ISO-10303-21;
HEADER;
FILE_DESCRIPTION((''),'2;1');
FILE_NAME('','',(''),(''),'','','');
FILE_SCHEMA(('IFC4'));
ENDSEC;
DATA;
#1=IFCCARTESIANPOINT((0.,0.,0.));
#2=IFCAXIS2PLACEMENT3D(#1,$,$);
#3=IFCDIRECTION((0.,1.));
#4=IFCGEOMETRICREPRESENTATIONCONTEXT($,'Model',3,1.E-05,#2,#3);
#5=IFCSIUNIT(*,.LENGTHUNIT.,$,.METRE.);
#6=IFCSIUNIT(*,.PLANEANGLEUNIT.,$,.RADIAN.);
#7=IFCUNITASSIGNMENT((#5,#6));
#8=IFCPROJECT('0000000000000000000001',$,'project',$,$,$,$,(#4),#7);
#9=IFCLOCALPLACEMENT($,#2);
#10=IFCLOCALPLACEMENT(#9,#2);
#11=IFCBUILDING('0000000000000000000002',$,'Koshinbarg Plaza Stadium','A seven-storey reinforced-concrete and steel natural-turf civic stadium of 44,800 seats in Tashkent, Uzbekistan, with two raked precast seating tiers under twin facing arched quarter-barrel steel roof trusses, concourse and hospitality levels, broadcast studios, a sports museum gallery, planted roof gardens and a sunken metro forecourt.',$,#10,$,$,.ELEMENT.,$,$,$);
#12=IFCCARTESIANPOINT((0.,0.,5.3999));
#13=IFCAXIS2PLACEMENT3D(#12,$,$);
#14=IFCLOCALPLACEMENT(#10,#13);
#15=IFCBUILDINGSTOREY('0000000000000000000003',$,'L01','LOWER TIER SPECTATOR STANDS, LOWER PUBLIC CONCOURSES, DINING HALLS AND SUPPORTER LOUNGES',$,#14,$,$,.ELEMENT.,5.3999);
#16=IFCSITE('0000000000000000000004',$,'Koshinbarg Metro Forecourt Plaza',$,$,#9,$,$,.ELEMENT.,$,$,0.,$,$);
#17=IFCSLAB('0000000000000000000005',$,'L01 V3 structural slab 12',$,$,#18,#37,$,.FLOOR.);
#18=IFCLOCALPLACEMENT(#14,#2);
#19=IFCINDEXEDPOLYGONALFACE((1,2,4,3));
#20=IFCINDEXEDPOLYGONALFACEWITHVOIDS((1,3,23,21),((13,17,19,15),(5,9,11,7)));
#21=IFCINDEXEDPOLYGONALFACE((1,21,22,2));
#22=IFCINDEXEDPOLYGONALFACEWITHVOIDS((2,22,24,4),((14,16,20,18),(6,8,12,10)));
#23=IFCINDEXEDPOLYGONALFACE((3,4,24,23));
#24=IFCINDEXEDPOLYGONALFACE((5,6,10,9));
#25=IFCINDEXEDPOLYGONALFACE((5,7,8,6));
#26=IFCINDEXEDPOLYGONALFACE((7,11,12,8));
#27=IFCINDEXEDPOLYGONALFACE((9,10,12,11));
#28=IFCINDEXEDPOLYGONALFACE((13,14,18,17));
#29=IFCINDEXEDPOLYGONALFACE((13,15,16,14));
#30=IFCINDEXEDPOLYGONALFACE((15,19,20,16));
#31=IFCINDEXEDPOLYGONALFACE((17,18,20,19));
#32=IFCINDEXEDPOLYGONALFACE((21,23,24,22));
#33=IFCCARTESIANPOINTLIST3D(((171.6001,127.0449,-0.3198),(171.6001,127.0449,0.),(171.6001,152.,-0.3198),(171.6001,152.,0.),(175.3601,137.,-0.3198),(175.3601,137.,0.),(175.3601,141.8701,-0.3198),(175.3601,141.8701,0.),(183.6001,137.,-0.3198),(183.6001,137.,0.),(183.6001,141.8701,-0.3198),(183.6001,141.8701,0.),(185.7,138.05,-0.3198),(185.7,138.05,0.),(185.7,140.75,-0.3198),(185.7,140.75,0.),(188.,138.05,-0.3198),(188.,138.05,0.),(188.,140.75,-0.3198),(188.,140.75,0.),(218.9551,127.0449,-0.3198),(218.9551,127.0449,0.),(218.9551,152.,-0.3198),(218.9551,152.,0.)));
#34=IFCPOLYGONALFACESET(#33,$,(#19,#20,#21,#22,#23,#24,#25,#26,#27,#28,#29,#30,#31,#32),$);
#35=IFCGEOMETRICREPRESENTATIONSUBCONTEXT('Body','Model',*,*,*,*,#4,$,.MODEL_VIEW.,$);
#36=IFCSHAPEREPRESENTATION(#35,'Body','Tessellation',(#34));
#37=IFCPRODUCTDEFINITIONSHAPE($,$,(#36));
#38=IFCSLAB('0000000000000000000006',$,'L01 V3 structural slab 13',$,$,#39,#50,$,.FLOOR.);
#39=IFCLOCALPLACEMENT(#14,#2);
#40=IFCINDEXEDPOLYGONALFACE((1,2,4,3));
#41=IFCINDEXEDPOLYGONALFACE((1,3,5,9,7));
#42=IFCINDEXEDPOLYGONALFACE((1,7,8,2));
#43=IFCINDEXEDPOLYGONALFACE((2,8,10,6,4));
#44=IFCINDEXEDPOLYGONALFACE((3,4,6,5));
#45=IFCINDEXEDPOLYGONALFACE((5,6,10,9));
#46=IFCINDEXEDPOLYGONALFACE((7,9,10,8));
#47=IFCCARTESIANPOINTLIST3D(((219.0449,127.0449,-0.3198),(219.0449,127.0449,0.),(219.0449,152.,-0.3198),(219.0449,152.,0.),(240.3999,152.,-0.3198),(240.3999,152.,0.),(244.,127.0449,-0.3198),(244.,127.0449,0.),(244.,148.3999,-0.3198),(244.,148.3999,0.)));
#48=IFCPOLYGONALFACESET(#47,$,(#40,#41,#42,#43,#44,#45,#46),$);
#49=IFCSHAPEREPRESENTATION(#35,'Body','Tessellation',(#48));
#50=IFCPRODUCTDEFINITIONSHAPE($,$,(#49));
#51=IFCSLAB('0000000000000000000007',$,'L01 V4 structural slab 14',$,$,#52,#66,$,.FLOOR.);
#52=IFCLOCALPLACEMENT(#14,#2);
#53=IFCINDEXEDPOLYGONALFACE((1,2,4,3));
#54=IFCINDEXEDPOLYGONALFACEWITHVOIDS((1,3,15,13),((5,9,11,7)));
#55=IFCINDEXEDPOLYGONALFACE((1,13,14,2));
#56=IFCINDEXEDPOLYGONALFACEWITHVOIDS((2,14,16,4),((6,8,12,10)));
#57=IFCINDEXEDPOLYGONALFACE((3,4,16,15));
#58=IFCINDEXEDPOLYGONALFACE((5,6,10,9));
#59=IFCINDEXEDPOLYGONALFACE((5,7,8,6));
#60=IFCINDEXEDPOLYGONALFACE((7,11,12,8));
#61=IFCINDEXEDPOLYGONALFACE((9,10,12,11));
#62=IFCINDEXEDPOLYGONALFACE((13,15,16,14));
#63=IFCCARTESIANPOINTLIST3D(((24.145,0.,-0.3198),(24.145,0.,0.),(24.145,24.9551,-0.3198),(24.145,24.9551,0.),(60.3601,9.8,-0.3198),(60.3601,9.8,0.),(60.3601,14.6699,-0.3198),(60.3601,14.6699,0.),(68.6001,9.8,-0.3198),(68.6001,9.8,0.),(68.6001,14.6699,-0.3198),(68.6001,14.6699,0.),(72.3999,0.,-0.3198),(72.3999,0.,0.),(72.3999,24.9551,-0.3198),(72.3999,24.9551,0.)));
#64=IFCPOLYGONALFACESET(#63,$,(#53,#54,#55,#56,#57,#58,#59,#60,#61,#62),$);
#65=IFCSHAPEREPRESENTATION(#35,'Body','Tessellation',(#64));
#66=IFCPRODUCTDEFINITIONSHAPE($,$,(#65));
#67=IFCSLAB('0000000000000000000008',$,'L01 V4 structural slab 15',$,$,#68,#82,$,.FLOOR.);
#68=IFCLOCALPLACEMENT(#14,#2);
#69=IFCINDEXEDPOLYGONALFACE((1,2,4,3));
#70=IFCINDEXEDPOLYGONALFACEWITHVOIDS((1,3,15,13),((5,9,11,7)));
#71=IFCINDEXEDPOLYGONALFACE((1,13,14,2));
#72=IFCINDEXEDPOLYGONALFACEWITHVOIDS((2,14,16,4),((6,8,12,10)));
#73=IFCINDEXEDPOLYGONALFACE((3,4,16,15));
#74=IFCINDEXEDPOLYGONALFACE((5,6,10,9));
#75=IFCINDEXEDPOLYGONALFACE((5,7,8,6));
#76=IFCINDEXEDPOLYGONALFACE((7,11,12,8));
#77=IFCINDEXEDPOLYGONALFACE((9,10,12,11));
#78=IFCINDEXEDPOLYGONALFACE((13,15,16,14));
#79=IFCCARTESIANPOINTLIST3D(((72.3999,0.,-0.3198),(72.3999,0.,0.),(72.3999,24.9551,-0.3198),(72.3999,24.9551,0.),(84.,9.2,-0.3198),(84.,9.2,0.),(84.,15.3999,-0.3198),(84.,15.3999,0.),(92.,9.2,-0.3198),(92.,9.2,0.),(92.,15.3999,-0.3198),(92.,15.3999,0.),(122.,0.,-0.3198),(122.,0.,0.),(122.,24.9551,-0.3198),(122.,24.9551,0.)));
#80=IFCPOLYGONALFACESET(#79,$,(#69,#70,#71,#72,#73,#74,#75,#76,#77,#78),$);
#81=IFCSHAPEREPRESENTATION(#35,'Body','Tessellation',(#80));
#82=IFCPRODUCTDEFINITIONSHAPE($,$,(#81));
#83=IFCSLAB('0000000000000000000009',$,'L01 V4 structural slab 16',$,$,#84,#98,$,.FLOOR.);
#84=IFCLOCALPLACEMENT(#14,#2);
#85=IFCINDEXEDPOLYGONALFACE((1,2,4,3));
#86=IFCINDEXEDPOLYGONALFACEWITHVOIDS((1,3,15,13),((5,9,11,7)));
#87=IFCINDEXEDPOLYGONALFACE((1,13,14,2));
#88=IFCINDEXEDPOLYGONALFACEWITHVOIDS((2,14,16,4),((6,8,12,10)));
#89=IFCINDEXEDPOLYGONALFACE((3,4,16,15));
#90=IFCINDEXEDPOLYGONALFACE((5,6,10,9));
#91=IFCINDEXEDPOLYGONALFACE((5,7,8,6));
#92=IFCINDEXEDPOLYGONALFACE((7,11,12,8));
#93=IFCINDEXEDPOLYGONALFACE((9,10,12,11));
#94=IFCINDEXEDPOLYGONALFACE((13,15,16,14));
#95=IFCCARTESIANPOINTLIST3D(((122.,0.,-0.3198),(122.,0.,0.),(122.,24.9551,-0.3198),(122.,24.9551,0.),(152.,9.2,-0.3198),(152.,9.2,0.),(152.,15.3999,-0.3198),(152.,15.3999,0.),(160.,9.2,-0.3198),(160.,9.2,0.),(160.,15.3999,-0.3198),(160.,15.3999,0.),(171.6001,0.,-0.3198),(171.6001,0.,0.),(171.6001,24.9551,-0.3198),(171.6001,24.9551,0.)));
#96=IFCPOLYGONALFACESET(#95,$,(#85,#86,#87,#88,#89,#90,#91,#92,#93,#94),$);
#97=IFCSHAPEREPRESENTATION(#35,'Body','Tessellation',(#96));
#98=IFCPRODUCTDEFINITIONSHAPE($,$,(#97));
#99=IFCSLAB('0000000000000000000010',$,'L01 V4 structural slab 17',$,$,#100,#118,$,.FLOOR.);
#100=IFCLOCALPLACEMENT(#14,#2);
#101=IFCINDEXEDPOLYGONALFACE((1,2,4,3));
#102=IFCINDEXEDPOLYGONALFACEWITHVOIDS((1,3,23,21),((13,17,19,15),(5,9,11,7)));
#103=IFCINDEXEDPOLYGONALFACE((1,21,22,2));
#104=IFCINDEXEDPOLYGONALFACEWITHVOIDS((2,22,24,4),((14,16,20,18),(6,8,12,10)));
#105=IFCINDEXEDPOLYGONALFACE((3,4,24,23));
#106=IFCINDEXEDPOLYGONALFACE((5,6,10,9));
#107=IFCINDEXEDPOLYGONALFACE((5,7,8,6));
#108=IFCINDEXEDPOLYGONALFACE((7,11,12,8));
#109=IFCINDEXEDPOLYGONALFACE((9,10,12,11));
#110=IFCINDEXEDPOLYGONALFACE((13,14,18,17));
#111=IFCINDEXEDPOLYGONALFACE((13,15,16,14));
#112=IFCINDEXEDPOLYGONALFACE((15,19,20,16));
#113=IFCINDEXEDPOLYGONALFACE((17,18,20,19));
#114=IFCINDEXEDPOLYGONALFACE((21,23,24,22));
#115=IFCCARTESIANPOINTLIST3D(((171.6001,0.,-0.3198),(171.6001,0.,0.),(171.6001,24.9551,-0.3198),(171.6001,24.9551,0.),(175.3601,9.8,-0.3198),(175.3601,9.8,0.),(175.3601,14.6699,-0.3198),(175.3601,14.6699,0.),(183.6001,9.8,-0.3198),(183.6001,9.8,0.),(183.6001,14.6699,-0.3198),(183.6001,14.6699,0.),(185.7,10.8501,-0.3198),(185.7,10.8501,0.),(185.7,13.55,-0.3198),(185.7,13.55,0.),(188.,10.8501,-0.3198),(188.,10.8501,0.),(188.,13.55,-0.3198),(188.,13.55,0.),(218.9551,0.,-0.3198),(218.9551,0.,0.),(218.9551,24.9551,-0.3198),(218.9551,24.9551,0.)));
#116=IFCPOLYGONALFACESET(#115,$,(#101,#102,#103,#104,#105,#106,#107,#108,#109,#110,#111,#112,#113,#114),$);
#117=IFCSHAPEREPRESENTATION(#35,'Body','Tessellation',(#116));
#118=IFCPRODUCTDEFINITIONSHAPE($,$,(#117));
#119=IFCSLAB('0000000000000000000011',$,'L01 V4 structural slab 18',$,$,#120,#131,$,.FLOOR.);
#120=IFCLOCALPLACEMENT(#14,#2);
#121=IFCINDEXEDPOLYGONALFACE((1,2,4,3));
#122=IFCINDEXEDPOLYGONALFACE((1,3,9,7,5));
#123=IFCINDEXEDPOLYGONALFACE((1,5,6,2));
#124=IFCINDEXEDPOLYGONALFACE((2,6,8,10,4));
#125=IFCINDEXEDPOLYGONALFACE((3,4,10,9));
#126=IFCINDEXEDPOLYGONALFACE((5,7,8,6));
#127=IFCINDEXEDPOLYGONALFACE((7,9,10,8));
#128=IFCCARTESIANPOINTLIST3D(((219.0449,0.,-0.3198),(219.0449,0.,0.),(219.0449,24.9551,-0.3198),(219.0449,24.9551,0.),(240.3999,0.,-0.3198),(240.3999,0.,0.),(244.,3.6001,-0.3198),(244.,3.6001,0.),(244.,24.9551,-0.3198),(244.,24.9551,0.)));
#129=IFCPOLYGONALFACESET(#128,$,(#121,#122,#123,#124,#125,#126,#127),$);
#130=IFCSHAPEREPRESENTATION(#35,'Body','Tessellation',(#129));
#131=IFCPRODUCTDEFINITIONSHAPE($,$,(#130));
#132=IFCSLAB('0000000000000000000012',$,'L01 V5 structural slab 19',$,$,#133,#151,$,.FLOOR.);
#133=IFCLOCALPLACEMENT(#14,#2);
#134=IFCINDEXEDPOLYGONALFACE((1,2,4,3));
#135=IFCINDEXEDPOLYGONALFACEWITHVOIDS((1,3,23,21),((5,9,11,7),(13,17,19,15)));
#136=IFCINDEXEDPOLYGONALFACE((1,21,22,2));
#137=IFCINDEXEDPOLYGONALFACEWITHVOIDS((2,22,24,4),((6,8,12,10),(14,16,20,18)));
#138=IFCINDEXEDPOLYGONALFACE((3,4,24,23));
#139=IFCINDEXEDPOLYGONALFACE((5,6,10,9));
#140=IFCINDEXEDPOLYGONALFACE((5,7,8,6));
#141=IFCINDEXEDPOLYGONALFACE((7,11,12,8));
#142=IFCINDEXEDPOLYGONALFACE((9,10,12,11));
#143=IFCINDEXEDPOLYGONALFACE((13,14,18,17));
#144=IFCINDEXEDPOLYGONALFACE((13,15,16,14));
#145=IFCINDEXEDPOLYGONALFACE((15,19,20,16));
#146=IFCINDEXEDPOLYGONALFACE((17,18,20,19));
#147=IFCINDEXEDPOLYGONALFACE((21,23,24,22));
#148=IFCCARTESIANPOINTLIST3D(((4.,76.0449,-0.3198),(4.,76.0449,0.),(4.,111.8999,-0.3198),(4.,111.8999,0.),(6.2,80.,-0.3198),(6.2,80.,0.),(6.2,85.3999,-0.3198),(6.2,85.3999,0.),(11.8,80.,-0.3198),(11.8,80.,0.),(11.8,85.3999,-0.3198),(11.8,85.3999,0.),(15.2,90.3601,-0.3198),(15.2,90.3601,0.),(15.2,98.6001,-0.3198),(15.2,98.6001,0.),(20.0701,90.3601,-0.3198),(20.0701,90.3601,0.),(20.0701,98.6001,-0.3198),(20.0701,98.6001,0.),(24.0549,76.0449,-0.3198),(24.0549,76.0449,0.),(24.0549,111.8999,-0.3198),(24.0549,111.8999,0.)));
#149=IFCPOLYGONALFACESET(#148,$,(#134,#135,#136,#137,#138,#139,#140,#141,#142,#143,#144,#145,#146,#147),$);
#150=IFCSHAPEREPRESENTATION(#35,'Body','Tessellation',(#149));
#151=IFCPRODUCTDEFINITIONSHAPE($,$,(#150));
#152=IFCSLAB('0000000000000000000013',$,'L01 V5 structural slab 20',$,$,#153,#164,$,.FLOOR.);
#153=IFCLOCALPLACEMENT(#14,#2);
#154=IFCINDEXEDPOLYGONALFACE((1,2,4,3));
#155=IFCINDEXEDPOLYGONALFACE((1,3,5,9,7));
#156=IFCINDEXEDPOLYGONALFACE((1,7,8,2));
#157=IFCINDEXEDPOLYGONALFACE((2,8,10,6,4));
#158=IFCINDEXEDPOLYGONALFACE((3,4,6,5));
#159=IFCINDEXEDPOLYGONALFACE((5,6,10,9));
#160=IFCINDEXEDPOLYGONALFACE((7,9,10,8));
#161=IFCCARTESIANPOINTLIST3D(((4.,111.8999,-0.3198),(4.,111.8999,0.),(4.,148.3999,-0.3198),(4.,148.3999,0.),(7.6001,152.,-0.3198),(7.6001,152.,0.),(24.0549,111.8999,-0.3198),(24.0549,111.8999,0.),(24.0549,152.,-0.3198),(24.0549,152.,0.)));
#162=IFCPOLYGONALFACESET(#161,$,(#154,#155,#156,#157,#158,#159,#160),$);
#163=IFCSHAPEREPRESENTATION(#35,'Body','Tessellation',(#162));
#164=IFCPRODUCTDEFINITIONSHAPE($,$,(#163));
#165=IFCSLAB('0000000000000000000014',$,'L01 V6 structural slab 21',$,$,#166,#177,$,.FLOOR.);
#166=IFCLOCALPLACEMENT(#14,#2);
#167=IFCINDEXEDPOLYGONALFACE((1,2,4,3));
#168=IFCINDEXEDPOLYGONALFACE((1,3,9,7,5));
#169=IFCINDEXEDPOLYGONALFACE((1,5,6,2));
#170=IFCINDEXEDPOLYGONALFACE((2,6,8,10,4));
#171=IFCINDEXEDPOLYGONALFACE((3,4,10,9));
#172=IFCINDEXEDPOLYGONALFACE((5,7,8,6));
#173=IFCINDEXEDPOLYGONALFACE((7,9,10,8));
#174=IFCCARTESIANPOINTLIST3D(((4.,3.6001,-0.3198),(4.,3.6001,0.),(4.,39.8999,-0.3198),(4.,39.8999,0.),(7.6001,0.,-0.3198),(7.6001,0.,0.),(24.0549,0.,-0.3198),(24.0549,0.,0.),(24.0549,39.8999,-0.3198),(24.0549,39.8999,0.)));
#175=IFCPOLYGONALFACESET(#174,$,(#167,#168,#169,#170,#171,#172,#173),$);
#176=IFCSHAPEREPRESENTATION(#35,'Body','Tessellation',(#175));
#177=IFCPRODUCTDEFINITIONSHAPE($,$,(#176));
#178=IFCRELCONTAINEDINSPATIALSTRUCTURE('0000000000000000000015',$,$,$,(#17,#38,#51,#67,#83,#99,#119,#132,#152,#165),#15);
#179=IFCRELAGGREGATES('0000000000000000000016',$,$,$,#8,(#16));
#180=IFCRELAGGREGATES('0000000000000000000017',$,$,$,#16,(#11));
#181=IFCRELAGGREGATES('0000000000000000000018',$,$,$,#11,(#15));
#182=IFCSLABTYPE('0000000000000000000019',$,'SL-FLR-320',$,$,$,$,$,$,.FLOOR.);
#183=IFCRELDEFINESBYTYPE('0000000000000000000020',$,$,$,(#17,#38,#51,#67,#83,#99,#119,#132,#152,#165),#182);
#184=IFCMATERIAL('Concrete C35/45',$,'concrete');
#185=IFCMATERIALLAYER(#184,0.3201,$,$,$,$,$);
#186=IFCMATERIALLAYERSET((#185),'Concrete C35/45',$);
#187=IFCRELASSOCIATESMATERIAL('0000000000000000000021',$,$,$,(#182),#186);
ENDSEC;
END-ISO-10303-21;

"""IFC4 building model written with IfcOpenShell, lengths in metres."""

from ifc_helpers import new_model, si_unit, direction, frame, origin, place, context, subcontext, project, spatial, polyline, outline, extrude, material, layer, layer_set, type_object, element, save


model = new_model("IFC4")

# Units and contexts
model_context = context("Model", 3, precision=1e-05, world=origin(), true_north=direction((0.0, 1.0)))
body_context = subcontext(model_context, "Body", "Model", "MODEL_VIEW")
ifc_project = project(units=[si_unit("LENGTHUNIT", "METRE"), si_unit("PLANEANGLEUNIT", "RADIAN")], contexts=[model_context])

# Site, building, storey
site_placement = place(None, origin())
site = spatial("IfcSite", under=ifc_project, at=site_placement, Name="Koshinbarg Metro Forecourt Plaza", CompositionType="ELEMENT", RefElevation=0.0)
building_placement = place(site_placement, origin())
building = spatial("IfcBuilding", under=site, at=building_placement, Name="Koshinbarg Plaza Stadium", Description="A seven-storey reinforced-concrete and steel natural-turf civic stadium of 44,800 seats in Tashkent, Uzbekistan, with two raked precast seating tiers under twin facing arched quarter-barrel steel roof trusses, concourse and hospitality levels, broadcast studios, a sports museum gallery, planted roof gardens and a sunken metro forecourt.", CompositionType="ELEMENT")
storey_placement = place(building_placement, frame((0.0, 0.0, 5.3999)))
storey = spatial("IfcBuildingStorey", under=building, at=storey_placement, Name="L01", Description="LOWER TIER SPECTATOR STANDS, LOWER PUBLIC CONCOURSES, DINING HALLS AND SUPPORTER LOUNGES", CompositionType="ELEMENT", Elevation=5.3999)

# Slabs
ifc_material_1 = material(Name="Concrete C35/45", Category="concrete")
ifc_layer_1 = layer(ifc_material_1, 0.3201)
ifc_layer_set_1 = layer_set([ifc_layer_1], Name="Concrete C35/45")
slab_type_1 = type_object("IfcSlabType", Name="SL-FLR-320", PredefinedType="FLOOR", material=ifc_layer_set_1)
slab_1_placement = place(storey_placement, frame((0.0, 0.0, -0.3198)))
element("IfcSlab", 1, at=slab_1_placement, inside=storey, type_object=slab_type_1, Name="L01 V3 structural slab 12", PredefinedType="FLOOR", context=body_context, shape_type="SweptSolid", body=[
    extrude(outline(polyline([(171.6001, 127.0449), (218.9551, 127.0449), (218.9551, 152.0), (171.6001, 152.0), (171.6001, 127.0449)]), holes=[polyline([(175.3601, 137.0), (183.6001, 137.0), (183.6001, 141.8701), (175.3601, 141.8701), (175.3601, 137.0)]), polyline([(185.7, 138.05), (188.0, 138.05), (188.0, 140.75), (185.7, 140.75), (185.7, 138.05)])]), origin(), (0.0, 0.0, 1.0), 0.3198),
])
slab_2_placement = place(storey_placement, frame((0.0, 0.0, -0.3198)))
element("IfcSlab", 2, at=slab_2_placement, inside=storey, type_object=slab_type_1, Name="L01 V3 structural slab 13", PredefinedType="FLOOR", context=body_context, shape_type="SweptSolid", body=[
    extrude(outline(polyline([(219.0449, 127.0449), (244.0, 127.0449), (244.0, 148.3999), (240.3999, 152.0), (219.0449, 152.0), (219.0449, 127.0449)])), origin(), (0.0, 0.0, 1.0), 0.3198),
])
slab_3_placement = place(storey_placement, frame((0.0, 0.0, -0.3198)))
element("IfcSlab", 3, at=slab_3_placement, inside=storey, type_object=slab_type_1, Name="L01 V4 structural slab 14", PredefinedType="FLOOR", context=body_context, shape_type="SweptSolid", body=[
    extrude(outline(polyline([(24.145, 0.0), (72.3999, 0.0), (72.3999, 24.9551), (24.145, 24.9551), (24.145, 0.0)]), holes=[polyline([(60.3601, 9.8), (68.6001, 9.8), (68.6001, 14.6699), (60.3601, 14.6699), (60.3601, 9.8)])]), origin(), (0.0, 0.0, 1.0), 0.3198),
])
slab_4_placement = place(storey_placement, frame((0.0, 0.0, -0.3198)))
element("IfcSlab", 4, at=slab_4_placement, inside=storey, type_object=slab_type_1, Name="L01 V4 structural slab 15", PredefinedType="FLOOR", context=body_context, shape_type="SweptSolid", body=[
    extrude(outline(polyline([(72.3999, 0.0), (122.0, 0.0), (122.0, 24.9551), (72.3999, 24.9551), (72.3999, 0.0)]), holes=[polyline([(84.0, 9.2), (92.0, 9.2), (92.0, 15.3999), (84.0, 15.3999), (84.0, 9.2)])]), origin(), (0.0, 0.0, 1.0), 0.3198),
])
slab_5_placement = place(storey_placement, frame((0.0, 0.0, -0.3198)))
element("IfcSlab", 5, at=slab_5_placement, inside=storey, type_object=slab_type_1, Name="L01 V4 structural slab 16", PredefinedType="FLOOR", context=body_context, shape_type="SweptSolid", body=[
    extrude(outline(polyline([(122.0, 0.0), (171.6001, 0.0), (171.6001, 24.9551), (122.0, 24.9551), (122.0, 0.0)]), holes=[polyline([(152.0, 9.2), (160.0, 9.2), (160.0, 15.3999), (152.0, 15.3999), (152.0, 9.2)])]), origin(), (0.0, 0.0, 1.0), 0.3198),
])
slab_6_placement = place(storey_placement, frame((0.0, 0.0, -0.3198)))
element("IfcSlab", 6, at=slab_6_placement, inside=storey, type_object=slab_type_1, Name="L01 V4 structural slab 17", PredefinedType="FLOOR", context=body_context, shape_type="SweptSolid", body=[
    extrude(outline(polyline([(171.6001, 0.0), (218.9551, 0.0), (218.9551, 24.9551), (171.6001, 24.9551), (171.6001, 0.0)]), holes=[polyline([(175.3601, 9.8), (183.6001, 9.8), (183.6001, 14.6699), (175.3601, 14.6699), (175.3601, 9.8)]), polyline([(185.7, 10.8501), (188.0, 10.8501), (188.0, 13.55), (185.7, 13.55), (185.7, 10.8501)])]), origin(), (0.0, 0.0, 1.0), 0.3198),
])
slab_7_placement = place(storey_placement, frame((0.0, 0.0, -0.3198)))
element("IfcSlab", 7, at=slab_7_placement, inside=storey, type_object=slab_type_1, Name="L01 V4 structural slab 18", PredefinedType="FLOOR", context=body_context, shape_type="SweptSolid", body=[
    extrude(outline(polyline([(219.0449, 0.0), (240.3999, 0.0), (244.0, 3.6001), (244.0, 24.9551), (219.0449, 24.9551), (219.0449, 0.0)])), origin(), (0.0, 0.0, 1.0), 0.3198),
])
slab_8_placement = place(storey_placement, frame((0.0, 0.0, -0.3198)))
element("IfcSlab", 8, at=slab_8_placement, inside=storey, type_object=slab_type_1, Name="L01 V5 structural slab 19", PredefinedType="FLOOR", context=body_context, shape_type="SweptSolid", body=[
    extrude(outline(polyline([(4.0, 76.0449), (24.0549, 76.0449), (24.0549, 111.8999), (4.0, 111.8999), (4.0, 76.0449)]), holes=[polyline([(20.0701, 90.3601), (20.0701, 98.6001), (15.2, 98.6001), (15.2, 90.3601), (20.0701, 90.3601)]), polyline([(6.2, 80.0), (11.8, 80.0), (11.8, 85.3999), (6.2, 85.3999), (6.2, 80.0)])]), origin(), (0.0, 0.0, 1.0), 0.3198),
])
slab_9_placement = place(storey_placement, frame((0.0, 0.0, -0.3198)))
element("IfcSlab", 9, at=slab_9_placement, inside=storey, type_object=slab_type_1, Name="L01 V5 structural slab 20", PredefinedType="FLOOR", context=body_context, shape_type="SweptSolid", body=[
    extrude(outline(polyline([(4.0, 111.8999), (24.0549, 111.8999), (24.0549, 152.0), (7.6001, 152.0), (4.0, 148.3999), (4.0, 111.8999)])), origin(), (0.0, 0.0, 1.0), 0.3198),
])
slab_10_placement = place(storey_placement, frame((0.0, 0.0, -0.3198)))
element("IfcSlab", 10, at=slab_10_placement, inside=storey, type_object=slab_type_1, Name="L01 V6 structural slab 21", PredefinedType="FLOOR", context=body_context, shape_type="SweptSolid", body=[
    extrude(outline(polyline([(7.6001, 0.0), (24.0549, 0.0), (24.0549, 39.8999), (4.0, 39.8999), (4.0, 3.6001), (7.6001, 0.0)])), origin(), (0.0, 0.0, 1.0), 0.3198),
])

save(model, "model.ifc")
